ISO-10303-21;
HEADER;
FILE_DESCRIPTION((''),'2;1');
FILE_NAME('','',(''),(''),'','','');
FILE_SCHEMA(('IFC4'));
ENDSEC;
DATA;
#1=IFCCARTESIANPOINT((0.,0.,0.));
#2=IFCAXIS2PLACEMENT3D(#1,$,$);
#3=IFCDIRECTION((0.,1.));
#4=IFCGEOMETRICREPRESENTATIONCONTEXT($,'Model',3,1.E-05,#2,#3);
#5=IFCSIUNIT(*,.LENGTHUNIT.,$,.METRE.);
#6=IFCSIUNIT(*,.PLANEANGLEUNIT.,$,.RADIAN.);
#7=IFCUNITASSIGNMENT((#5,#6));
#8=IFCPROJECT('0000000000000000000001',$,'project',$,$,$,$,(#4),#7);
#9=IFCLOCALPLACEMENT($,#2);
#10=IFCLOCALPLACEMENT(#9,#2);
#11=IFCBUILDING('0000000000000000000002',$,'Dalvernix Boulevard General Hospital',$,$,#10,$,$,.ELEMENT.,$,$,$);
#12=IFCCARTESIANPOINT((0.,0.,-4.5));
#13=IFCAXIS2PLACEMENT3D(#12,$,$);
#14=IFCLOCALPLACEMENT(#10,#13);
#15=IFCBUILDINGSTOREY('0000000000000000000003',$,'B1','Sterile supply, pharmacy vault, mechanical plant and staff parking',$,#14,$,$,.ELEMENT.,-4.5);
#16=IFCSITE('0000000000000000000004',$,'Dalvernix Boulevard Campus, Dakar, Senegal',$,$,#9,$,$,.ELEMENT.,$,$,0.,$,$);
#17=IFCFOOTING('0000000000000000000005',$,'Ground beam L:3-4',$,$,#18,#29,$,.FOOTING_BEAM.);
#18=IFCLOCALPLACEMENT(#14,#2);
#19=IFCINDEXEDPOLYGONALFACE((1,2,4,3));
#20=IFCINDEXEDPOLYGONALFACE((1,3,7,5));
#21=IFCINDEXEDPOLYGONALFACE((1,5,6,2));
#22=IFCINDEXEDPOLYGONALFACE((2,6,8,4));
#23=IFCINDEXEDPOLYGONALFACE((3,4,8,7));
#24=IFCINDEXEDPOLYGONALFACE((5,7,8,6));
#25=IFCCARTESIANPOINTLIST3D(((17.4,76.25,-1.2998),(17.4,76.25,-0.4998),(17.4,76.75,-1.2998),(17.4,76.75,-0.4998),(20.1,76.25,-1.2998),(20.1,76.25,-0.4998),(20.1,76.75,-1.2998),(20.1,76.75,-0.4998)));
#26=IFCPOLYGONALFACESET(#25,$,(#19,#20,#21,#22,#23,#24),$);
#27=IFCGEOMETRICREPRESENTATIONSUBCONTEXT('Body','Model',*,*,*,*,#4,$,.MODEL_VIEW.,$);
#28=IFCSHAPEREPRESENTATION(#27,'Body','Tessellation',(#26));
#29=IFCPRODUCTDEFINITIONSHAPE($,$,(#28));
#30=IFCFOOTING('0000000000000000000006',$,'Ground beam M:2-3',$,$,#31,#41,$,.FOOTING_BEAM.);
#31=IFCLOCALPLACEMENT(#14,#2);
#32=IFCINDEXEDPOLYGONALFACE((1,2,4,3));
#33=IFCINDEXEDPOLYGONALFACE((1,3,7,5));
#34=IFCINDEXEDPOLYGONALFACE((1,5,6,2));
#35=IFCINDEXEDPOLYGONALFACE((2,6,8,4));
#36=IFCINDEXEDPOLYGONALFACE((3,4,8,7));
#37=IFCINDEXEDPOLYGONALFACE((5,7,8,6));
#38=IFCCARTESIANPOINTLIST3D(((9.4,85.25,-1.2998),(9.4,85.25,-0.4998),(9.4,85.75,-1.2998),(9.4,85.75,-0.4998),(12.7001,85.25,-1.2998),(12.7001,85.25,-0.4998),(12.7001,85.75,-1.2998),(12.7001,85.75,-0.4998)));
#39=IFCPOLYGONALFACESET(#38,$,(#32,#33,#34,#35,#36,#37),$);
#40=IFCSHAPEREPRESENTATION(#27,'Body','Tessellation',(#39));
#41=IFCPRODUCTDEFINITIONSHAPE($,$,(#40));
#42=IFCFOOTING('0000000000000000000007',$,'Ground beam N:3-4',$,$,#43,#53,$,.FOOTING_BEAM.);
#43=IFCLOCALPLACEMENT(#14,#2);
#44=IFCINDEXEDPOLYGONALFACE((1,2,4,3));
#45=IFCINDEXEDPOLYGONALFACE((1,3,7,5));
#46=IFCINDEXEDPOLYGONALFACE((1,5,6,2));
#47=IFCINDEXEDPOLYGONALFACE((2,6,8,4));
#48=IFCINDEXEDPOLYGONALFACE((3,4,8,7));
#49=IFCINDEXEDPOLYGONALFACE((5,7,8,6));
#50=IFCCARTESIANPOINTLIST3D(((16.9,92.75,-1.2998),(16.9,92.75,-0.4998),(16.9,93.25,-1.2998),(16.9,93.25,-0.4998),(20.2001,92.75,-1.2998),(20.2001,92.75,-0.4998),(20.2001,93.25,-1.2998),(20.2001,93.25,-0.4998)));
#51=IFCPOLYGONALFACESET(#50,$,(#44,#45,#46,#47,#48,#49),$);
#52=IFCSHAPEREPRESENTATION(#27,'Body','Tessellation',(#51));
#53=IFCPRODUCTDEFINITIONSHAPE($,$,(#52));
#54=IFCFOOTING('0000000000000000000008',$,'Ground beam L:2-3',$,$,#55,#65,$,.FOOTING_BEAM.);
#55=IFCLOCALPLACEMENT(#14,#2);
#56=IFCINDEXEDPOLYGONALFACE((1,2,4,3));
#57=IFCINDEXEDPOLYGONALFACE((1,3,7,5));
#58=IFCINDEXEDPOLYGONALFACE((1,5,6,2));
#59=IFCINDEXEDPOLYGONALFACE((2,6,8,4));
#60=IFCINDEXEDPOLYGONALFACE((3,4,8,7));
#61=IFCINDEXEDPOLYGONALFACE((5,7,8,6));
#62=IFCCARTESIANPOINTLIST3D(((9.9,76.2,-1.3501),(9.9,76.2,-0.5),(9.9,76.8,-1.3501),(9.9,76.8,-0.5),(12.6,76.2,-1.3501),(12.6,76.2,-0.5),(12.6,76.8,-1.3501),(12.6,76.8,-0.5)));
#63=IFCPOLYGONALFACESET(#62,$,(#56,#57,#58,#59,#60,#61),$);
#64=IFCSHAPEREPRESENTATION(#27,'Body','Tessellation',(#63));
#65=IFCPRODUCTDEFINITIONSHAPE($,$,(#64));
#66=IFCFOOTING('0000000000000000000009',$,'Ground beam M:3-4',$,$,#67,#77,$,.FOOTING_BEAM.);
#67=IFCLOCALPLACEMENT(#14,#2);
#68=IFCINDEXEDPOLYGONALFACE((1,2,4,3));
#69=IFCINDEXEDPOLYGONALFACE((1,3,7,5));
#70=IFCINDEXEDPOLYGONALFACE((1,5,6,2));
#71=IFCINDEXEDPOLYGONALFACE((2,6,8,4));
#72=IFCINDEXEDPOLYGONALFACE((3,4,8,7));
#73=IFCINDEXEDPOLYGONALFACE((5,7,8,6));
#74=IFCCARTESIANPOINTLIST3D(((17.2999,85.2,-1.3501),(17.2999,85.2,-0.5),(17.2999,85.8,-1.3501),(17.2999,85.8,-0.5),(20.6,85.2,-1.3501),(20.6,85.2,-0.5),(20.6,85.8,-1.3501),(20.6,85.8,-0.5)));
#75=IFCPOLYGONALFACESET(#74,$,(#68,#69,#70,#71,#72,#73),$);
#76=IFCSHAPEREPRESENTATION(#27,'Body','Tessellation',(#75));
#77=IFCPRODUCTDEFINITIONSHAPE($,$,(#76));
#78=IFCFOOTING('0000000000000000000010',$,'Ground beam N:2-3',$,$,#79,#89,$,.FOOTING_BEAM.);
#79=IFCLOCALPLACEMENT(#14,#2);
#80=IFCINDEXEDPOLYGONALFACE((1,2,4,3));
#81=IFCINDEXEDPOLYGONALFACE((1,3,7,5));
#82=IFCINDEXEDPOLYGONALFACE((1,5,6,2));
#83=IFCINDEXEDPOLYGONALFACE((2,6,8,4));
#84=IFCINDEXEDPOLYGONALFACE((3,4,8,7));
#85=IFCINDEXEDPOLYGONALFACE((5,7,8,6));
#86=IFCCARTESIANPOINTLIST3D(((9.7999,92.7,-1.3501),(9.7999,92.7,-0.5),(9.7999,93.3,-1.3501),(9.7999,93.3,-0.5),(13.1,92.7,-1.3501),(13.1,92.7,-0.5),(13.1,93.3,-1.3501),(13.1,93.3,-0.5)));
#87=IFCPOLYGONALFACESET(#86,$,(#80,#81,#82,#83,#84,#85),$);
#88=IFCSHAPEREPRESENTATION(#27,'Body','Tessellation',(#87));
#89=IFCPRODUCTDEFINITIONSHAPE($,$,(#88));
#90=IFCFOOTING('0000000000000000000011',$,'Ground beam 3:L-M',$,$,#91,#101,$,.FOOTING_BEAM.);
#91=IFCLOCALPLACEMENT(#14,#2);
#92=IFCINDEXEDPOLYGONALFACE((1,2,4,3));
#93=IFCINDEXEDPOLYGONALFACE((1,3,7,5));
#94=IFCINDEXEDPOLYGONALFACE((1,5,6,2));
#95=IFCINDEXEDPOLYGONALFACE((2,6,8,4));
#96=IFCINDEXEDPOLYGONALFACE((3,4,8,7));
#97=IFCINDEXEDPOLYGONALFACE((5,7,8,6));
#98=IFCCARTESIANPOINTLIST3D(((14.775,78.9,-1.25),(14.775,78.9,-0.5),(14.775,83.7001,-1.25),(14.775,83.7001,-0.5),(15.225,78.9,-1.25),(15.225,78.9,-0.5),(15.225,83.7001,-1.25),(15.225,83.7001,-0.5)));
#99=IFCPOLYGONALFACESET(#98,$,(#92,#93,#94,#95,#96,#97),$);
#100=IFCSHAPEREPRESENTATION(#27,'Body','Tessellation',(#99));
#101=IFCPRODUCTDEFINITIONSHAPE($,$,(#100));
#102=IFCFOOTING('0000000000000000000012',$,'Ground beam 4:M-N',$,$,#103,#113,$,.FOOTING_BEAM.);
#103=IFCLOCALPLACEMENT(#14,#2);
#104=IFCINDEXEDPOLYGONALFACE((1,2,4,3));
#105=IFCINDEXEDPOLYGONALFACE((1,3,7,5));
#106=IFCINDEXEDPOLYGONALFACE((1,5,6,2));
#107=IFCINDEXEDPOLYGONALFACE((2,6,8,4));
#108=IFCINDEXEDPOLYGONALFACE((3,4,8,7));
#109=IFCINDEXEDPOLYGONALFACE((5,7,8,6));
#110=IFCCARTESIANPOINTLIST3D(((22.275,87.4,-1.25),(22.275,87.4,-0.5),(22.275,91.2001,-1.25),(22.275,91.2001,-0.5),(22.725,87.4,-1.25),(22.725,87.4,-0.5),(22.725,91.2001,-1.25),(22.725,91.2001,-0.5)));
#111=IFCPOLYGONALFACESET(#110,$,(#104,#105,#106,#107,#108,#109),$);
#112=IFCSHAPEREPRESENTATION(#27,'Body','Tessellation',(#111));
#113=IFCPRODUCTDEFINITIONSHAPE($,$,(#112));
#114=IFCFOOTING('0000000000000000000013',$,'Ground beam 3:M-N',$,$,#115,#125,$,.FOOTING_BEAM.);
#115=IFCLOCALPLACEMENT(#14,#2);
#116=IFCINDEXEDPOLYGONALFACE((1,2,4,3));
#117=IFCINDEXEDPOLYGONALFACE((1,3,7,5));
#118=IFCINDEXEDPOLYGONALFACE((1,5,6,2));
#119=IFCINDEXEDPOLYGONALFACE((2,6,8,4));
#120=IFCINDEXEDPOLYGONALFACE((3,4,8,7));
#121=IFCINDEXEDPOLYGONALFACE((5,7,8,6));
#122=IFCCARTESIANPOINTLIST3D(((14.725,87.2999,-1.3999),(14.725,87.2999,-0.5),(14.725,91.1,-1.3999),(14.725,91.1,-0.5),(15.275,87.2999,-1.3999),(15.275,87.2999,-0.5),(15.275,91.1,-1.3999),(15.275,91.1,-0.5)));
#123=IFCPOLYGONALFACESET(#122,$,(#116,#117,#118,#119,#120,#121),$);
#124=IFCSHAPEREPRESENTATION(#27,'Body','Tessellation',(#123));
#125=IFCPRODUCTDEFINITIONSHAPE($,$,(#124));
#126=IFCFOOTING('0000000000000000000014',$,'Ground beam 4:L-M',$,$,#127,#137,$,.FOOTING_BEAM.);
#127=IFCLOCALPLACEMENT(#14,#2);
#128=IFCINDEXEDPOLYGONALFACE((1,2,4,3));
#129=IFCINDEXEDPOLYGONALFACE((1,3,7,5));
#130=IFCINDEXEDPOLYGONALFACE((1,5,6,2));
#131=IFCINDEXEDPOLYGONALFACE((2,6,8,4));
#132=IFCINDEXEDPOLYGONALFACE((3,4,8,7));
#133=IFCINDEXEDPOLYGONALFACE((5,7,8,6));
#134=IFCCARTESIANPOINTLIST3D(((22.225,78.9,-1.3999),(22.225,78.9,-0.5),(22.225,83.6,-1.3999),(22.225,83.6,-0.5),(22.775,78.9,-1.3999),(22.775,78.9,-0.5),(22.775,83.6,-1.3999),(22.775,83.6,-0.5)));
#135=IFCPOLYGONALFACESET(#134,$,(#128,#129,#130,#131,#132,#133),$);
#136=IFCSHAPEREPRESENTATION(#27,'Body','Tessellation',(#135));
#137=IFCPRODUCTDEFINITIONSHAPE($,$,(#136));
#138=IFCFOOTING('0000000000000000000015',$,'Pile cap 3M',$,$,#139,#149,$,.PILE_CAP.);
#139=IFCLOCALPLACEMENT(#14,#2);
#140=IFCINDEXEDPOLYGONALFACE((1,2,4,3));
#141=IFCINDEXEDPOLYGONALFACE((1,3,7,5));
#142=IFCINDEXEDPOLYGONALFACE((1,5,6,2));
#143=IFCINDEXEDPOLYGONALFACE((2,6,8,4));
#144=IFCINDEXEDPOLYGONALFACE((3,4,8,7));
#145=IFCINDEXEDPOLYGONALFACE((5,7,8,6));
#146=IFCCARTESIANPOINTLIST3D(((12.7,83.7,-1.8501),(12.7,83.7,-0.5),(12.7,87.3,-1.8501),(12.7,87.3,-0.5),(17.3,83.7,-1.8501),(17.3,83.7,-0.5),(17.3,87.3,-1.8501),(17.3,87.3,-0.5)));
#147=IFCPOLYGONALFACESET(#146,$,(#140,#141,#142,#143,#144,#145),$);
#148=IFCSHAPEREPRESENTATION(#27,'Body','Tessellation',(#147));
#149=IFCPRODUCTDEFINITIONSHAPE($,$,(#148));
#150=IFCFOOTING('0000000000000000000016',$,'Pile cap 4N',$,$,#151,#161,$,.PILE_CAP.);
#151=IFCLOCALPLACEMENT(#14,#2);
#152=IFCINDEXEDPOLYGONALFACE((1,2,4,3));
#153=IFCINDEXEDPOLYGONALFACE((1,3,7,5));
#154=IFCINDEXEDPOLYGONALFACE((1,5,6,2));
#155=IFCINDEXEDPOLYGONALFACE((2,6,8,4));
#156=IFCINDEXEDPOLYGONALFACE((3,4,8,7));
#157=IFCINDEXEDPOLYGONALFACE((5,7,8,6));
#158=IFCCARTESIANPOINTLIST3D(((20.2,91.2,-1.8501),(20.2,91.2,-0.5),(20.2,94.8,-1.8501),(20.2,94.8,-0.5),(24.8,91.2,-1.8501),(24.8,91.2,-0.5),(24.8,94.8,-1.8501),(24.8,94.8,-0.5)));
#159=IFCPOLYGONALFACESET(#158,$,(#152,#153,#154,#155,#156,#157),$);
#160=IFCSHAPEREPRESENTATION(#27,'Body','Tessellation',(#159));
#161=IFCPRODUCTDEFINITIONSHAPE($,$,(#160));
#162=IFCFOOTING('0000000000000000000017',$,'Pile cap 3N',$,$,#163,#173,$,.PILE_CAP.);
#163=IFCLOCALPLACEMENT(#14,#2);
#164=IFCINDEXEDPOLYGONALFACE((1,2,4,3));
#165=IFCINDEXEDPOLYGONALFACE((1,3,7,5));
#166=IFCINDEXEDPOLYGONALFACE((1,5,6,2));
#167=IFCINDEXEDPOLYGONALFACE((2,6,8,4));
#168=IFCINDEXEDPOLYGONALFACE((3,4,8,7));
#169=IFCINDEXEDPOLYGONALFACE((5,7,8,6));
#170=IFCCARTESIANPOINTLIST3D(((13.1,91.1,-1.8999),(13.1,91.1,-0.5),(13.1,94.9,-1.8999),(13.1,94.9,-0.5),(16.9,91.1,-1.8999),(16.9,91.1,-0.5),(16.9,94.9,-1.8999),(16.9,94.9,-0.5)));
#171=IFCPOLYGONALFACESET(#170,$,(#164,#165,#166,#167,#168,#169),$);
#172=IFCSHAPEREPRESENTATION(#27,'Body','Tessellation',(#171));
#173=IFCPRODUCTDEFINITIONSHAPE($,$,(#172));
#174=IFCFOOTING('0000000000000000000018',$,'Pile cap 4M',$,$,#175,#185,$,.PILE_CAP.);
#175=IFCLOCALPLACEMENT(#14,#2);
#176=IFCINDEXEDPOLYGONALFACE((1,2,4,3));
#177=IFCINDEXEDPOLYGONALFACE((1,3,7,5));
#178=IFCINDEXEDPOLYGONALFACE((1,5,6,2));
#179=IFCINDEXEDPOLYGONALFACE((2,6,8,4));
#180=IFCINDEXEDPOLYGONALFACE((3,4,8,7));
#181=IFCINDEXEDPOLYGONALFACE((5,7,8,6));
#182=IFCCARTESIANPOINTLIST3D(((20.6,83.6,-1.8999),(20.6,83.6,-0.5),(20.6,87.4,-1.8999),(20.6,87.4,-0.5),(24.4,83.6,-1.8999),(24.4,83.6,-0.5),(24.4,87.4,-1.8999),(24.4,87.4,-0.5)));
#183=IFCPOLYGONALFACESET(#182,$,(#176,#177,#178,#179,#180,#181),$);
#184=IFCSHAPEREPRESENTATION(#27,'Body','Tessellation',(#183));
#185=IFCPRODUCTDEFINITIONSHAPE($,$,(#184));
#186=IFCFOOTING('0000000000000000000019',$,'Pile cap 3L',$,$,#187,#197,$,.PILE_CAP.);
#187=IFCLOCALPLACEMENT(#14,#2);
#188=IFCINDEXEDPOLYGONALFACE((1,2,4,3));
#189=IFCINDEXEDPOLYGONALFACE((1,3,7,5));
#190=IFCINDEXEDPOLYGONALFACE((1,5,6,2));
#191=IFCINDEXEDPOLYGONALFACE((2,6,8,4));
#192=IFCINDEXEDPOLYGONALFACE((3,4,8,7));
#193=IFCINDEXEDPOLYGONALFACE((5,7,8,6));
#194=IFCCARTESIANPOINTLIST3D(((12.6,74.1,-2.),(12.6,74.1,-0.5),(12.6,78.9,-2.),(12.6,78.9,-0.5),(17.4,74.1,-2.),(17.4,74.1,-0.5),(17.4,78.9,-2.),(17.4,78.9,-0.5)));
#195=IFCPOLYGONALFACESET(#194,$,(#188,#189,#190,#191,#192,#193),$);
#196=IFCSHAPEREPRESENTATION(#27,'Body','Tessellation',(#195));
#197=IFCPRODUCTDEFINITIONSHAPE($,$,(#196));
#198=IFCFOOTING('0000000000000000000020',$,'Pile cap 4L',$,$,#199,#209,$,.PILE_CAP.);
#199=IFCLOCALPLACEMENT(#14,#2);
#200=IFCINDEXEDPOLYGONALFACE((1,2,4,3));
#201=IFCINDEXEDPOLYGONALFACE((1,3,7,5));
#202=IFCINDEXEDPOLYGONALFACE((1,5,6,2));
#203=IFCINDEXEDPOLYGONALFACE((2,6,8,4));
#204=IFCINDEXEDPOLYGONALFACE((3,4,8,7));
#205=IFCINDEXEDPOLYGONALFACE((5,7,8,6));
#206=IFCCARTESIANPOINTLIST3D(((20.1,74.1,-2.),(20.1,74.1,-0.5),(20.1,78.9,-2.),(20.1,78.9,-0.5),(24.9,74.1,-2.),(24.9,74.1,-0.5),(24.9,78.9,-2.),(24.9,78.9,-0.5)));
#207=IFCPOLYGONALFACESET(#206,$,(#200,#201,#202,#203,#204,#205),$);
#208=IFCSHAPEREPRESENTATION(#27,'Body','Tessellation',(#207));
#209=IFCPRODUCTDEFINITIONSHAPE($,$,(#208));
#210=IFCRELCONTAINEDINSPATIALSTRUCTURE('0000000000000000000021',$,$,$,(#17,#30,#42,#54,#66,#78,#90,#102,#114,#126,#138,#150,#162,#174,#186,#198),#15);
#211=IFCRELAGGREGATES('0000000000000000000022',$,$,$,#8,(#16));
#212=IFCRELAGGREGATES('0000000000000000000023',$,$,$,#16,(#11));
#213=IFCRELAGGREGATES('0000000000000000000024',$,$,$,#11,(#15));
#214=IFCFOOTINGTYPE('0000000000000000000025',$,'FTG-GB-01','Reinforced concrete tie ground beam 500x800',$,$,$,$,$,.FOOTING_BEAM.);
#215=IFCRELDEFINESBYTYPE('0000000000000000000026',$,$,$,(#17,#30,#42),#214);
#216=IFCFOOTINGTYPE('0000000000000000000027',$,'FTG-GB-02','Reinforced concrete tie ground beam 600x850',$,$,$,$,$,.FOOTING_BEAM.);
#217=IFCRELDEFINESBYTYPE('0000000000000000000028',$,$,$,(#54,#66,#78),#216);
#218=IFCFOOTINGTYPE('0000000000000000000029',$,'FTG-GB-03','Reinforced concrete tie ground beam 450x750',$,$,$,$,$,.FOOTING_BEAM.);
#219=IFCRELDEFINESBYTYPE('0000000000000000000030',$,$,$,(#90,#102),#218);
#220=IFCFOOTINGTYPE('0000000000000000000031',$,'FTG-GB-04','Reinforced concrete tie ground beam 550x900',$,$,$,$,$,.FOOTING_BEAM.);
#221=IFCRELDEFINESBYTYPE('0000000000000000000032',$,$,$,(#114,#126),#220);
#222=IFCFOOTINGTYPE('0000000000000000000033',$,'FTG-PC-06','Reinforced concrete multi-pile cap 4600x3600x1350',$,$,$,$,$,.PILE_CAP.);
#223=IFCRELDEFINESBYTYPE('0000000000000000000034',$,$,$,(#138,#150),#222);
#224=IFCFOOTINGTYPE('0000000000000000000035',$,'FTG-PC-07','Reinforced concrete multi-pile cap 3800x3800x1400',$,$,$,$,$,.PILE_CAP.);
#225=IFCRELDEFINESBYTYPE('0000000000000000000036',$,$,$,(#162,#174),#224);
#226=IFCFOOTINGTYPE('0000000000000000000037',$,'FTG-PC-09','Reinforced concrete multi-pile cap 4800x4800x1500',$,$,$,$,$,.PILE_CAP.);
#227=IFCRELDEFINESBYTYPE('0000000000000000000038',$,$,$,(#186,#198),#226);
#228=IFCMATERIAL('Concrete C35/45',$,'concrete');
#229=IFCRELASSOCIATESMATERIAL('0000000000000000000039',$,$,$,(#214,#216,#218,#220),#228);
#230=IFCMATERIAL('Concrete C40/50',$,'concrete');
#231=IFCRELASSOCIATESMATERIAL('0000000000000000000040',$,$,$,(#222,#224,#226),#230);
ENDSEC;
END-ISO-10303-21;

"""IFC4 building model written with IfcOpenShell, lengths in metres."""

from ifc_helpers import new_model, si_unit, direction, frame, origin, origin_2d, place, context, subcontext, project, spatial, rectangle, extrude, material, type_object, element, save


model = new_model("IFC4")

# Units and contexts
model_context = context("Model", 3, precision=1e-05, world=origin(), true_north=direction((0.0, 1.0)))
body_context = subcontext(model_context, "Body", "Model", "MODEL_VIEW")
ifc_project = project(units=[si_unit("LENGTHUNIT", "METRE"), si_unit("PLANEANGLEUNIT", "RADIAN")], contexts=[model_context])

# Site, building, storey
site_placement = place(None, origin())
site = spatial("IfcSite", under=ifc_project, at=site_placement, Name="Dalvernix Boulevard Campus, Dakar, Senegal", CompositionType="ELEMENT", RefElevation=0.0)
building_placement = place(site_placement, origin())
building = spatial("IfcBuilding", under=site, at=building_placement, Name="Dalvernix Boulevard General Hospital", CompositionType="ELEMENT")
storey_placement = place(building_placement, frame((0.0, 0.0, -4.5)))
storey = spatial("IfcBuildingStorey", under=building, at=storey_placement, Name="B1", Description="Sterile supply, pharmacy vault, mechanical plant and staff parking", CompositionType="ELEMENT", Elevation=-4.5)

# Footings
ifc_material_1 = material(Name="Concrete C35/45", Category="concrete")
footing_type_1 = type_object("IfcFootingType", Name="FTG-GB-01", Description="Reinforced concrete tie ground beam 500x800", PredefinedType="FOOTING_BEAM", material=ifc_material_1)
footing_1_placement = place(storey_placement, frame((18.75, 76.5, -1.2998), z_axis=(0.0, 0.0, 1.0), x_axis=(1.0, 0.0, 0.0)))
element("IfcFooting", 1, at=footing_1_placement, inside=storey, type_object=footing_type_1, Name="Ground beam L:3-4", PredefinedType="FOOTING_BEAM", context=body_context, shape_type="SweptSolid", body=[
    extrude(rectangle(XDim=2.7, YDim=0.5, at=origin_2d()), origin(), (0.0, 0.0, 1.0), 0.8),
])
for number, where, z_axis, x_axis, name in (
    (2, (11.05, 85.5, -1.2998), (0.0, 0.0, 1.0), (1.0, 0.0, 0.0), "Ground beam M:2-3"),
    (3, (18.55, 93.0, -1.2998), (0.0, 0.0, 1.0), (1.0, 0.0, 0.0), "Ground beam N:3-4"),
):
    element("IfcFooting", number, at=place(storey_placement, frame(where, z_axis=z_axis, x_axis=x_axis)), inside=storey, type_object=footing_type_1, Name=name, PredefinedType="FOOTING_BEAM", context=body_context, shape_type="SweptSolid", body=[
        extrude(rectangle(XDim=3.3, YDim=0.5, at=origin_2d()), origin(), (0.0, 0.0, 1.0), 0.8),
    ])
footing_type_2 = type_object("IfcFootingType", Name="FTG-GB-02", Description="Reinforced concrete tie ground beam 600x850", PredefinedType="FOOTING_BEAM", material=ifc_material_1)
footing_2_placement = place(storey_placement, frame((11.25, 76.5, -1.3501), z_axis=(0.0, 0.0, 1.0), x_axis=(1.0, 0.0, 0.0)))
element("IfcFooting", 4, at=footing_2_placement, inside=storey, type_object=footing_type_2, Name="Ground beam L:2-3", PredefinedType="FOOTING_BEAM", context=body_context, shape_type="SweptSolid", body=[
    extrude(rectangle(XDim=2.7, YDim=0.6001, at=origin_2d()), origin(), (0.0, 0.0, 1.0), 0.8501),
])
for number, where, z_axis, x_axis, name in (
    (5, (18.95, 85.5, -1.3501), (0.0, 0.0, 1.0), (1.0, 0.0, 0.0), "Ground beam M:3-4"),
    (6, (11.45, 93.0, -1.3501), (0.0, 0.0, 1.0), (1.0, 0.0, 0.0), "Ground beam N:2-3"),
):
    element("IfcFooting", number, at=place(storey_placement, frame(where, z_axis=z_axis, x_axis=x_axis)), inside=storey, type_object=footing_type_2, Name=name, PredefinedType="FOOTING_BEAM", context=body_context, shape_type="SweptSolid", body=[
        extrude(rectangle(XDim=3.3, YDim=0.6001, at=origin_2d()), origin(), (0.0, 0.0, 1.0), 0.8501),
    ])
footing_type_3 = type_object("IfcFootingType", Name="FTG-GB-03", Description="Reinforced concrete tie ground beam 450x750", PredefinedType="FOOTING_BEAM", material=ifc_material_1)
footing_3_placement = place(storey_placement, frame((15.0, 81.3, -1.25), z_axis=(0.0, 0.0, 1.0), x_axis=(0.0, 1.0, 0.0)))
element("IfcFooting", 7, at=footing_3_placement, inside=storey, type_object=footing_type_3, Name="Ground beam 3:L-M", PredefinedType="FOOTING_BEAM", context=body_context, shape_type="SweptSolid", body=[
    extrude(rectangle(XDim=4.8, YDim=0.45, at=origin_2d()), origin(), (0.0, 0.0, 1.0), 0.75),
])
footing_4_placement = place(storey_placement, frame((22.5, 89.3, -1.25), z_axis=(0.0, 0.0, 1.0), x_axis=(0.0, 1.0, 0.0)))
element("IfcFooting", 8, at=footing_4_placement, inside=storey, type_object=footing_type_3, Name="Ground beam 4:M-N", PredefinedType="FOOTING_BEAM", context=body_context, shape_type="SweptSolid", body=[
    extrude(rectangle(XDim=3.8, YDim=0.45, at=origin_2d()), origin(), (0.0, 0.0, 1.0), 0.75),
])
footing_type_4 = type_object("IfcFootingType", Name="FTG-GB-04", Description="Reinforced concrete tie ground beam 550x900", PredefinedType="FOOTING_BEAM", material=ifc_material_1)
footing_5_placement = place(storey_placement, frame((15.0, 89.2, -1.3999), z_axis=(0.0, 0.0, 1.0), x_axis=(0.0, 1.0, 0.0)))
element("IfcFooting", 9, at=footing_5_placement, inside=storey, type_object=footing_type_4, Name="Ground beam 3:M-N", PredefinedType="FOOTING_BEAM", context=body_context, shape_type="SweptSolid", body=[
    extrude(rectangle(XDim=3.8, YDim=0.55, at=origin_2d()), origin(), (0.0, 0.0, 1.0), 0.8999),
])
footing_6_placement = place(storey_placement, frame((22.5, 81.25, -1.3999), z_axis=(0.0, 0.0, 1.0), x_axis=(0.0, 1.0, 0.0)))
element("IfcFooting", 10, at=footing_6_placement, inside=storey, type_object=footing_type_4, Name="Ground beam 4:L-M", PredefinedType="FOOTING_BEAM", context=body_context, shape_type="SweptSolid", body=[
    extrude(rectangle(XDim=4.7, YDim=0.55, at=origin_2d()), origin(), (0.0, 0.0, 1.0), 0.8999),
])
ifc_material_2 = material(Name="Concrete C40/50", Category="concrete")
footing_type_5 = type_object("IfcFootingType", Name="FTG-PC-06", Description="Reinforced concrete multi-pile cap 4600x3600x1350", PredefinedType="PILE_CAP", material=ifc_material_2)
for number, where, z_axis, x_axis, name in (
    (11, (15.0, 85.5, -1.8501), (0.0, 0.0, 1.0), (1.0, 0.0, 0.0), "Pile cap 3M"),
    (12, (22.5, 93.0, -1.8501), (0.0, 0.0, 1.0), (1.0, 0.0, 0.0), "Pile cap 4N"),
):
    element("IfcFooting", number, at=place(storey_placement, frame(where, z_axis=z_axis, x_axis=x_axis)), inside=storey, type_object=footing_type_5, Name=name, PredefinedType="PILE_CAP", context=body_context, shape_type="SweptSolid", body=[
        extrude(rectangle(XDim=4.6001, YDim=3.6001, at=origin_2d()), origin(), (0.0, 0.0, 1.0), 1.3501),
    ])
footing_type_6 = type_object("IfcFootingType", Name="FTG-PC-07", Description="Reinforced concrete multi-pile cap 3800x3800x1400", PredefinedType="PILE_CAP", material=ifc_material_2)
for number, where, z_axis, x_axis, name in (
    (13, (15.0, 93.0, -1.8999), (0.0, 0.0, 1.0), (1.0, 0.0, 0.0), "Pile cap 3N"),
    (14, (22.5, 85.5, -1.8999), (0.0, 0.0, 1.0), (1.0, 0.0, 0.0), "Pile cap 4M"),
):
    element("IfcFooting", number, at=place(storey_placement, frame(where, z_axis=z_axis, x_axis=x_axis)), inside=storey, type_object=footing_type_6, Name=name, PredefinedType="PILE_CAP", context=body_context, shape_type="SweptSolid", body=[
        extrude(rectangle(XDim=3.8, YDim=3.8, at=origin_2d()), origin(), (0.0, 0.0, 1.0), 1.3999),
    ])
footing_type_7 = type_object("IfcFootingType", Name="FTG-PC-09", Description="Reinforced concrete multi-pile cap 4800x4800x1500", PredefinedType="PILE_CAP", material=ifc_material_2)
for number, where, z_axis, x_axis, name in (
    (15, (15.0, 76.5, -2.0), (0.0, 0.0, 1.0), (1.0, 0.0, 0.0), "Pile cap 3L"),
    (16, (22.5, 76.5, -2.0), (0.0, 0.0, 1.0), (1.0, 0.0, 0.0), "Pile cap 4L"),
):
    element("IfcFooting", number, at=place(storey_placement, frame(where, z_axis=z_axis, x_axis=x_axis)), inside=storey, type_object=footing_type_7, Name=name, PredefinedType="PILE_CAP", context=body_context, shape_type="SweptSolid", body=[
        extrude(rectangle(XDim=4.8, YDim=4.8, at=origin_2d()), origin(), (0.0, 0.0, 1.0), 1.5),
    ])

save(model, "model.ifc")
